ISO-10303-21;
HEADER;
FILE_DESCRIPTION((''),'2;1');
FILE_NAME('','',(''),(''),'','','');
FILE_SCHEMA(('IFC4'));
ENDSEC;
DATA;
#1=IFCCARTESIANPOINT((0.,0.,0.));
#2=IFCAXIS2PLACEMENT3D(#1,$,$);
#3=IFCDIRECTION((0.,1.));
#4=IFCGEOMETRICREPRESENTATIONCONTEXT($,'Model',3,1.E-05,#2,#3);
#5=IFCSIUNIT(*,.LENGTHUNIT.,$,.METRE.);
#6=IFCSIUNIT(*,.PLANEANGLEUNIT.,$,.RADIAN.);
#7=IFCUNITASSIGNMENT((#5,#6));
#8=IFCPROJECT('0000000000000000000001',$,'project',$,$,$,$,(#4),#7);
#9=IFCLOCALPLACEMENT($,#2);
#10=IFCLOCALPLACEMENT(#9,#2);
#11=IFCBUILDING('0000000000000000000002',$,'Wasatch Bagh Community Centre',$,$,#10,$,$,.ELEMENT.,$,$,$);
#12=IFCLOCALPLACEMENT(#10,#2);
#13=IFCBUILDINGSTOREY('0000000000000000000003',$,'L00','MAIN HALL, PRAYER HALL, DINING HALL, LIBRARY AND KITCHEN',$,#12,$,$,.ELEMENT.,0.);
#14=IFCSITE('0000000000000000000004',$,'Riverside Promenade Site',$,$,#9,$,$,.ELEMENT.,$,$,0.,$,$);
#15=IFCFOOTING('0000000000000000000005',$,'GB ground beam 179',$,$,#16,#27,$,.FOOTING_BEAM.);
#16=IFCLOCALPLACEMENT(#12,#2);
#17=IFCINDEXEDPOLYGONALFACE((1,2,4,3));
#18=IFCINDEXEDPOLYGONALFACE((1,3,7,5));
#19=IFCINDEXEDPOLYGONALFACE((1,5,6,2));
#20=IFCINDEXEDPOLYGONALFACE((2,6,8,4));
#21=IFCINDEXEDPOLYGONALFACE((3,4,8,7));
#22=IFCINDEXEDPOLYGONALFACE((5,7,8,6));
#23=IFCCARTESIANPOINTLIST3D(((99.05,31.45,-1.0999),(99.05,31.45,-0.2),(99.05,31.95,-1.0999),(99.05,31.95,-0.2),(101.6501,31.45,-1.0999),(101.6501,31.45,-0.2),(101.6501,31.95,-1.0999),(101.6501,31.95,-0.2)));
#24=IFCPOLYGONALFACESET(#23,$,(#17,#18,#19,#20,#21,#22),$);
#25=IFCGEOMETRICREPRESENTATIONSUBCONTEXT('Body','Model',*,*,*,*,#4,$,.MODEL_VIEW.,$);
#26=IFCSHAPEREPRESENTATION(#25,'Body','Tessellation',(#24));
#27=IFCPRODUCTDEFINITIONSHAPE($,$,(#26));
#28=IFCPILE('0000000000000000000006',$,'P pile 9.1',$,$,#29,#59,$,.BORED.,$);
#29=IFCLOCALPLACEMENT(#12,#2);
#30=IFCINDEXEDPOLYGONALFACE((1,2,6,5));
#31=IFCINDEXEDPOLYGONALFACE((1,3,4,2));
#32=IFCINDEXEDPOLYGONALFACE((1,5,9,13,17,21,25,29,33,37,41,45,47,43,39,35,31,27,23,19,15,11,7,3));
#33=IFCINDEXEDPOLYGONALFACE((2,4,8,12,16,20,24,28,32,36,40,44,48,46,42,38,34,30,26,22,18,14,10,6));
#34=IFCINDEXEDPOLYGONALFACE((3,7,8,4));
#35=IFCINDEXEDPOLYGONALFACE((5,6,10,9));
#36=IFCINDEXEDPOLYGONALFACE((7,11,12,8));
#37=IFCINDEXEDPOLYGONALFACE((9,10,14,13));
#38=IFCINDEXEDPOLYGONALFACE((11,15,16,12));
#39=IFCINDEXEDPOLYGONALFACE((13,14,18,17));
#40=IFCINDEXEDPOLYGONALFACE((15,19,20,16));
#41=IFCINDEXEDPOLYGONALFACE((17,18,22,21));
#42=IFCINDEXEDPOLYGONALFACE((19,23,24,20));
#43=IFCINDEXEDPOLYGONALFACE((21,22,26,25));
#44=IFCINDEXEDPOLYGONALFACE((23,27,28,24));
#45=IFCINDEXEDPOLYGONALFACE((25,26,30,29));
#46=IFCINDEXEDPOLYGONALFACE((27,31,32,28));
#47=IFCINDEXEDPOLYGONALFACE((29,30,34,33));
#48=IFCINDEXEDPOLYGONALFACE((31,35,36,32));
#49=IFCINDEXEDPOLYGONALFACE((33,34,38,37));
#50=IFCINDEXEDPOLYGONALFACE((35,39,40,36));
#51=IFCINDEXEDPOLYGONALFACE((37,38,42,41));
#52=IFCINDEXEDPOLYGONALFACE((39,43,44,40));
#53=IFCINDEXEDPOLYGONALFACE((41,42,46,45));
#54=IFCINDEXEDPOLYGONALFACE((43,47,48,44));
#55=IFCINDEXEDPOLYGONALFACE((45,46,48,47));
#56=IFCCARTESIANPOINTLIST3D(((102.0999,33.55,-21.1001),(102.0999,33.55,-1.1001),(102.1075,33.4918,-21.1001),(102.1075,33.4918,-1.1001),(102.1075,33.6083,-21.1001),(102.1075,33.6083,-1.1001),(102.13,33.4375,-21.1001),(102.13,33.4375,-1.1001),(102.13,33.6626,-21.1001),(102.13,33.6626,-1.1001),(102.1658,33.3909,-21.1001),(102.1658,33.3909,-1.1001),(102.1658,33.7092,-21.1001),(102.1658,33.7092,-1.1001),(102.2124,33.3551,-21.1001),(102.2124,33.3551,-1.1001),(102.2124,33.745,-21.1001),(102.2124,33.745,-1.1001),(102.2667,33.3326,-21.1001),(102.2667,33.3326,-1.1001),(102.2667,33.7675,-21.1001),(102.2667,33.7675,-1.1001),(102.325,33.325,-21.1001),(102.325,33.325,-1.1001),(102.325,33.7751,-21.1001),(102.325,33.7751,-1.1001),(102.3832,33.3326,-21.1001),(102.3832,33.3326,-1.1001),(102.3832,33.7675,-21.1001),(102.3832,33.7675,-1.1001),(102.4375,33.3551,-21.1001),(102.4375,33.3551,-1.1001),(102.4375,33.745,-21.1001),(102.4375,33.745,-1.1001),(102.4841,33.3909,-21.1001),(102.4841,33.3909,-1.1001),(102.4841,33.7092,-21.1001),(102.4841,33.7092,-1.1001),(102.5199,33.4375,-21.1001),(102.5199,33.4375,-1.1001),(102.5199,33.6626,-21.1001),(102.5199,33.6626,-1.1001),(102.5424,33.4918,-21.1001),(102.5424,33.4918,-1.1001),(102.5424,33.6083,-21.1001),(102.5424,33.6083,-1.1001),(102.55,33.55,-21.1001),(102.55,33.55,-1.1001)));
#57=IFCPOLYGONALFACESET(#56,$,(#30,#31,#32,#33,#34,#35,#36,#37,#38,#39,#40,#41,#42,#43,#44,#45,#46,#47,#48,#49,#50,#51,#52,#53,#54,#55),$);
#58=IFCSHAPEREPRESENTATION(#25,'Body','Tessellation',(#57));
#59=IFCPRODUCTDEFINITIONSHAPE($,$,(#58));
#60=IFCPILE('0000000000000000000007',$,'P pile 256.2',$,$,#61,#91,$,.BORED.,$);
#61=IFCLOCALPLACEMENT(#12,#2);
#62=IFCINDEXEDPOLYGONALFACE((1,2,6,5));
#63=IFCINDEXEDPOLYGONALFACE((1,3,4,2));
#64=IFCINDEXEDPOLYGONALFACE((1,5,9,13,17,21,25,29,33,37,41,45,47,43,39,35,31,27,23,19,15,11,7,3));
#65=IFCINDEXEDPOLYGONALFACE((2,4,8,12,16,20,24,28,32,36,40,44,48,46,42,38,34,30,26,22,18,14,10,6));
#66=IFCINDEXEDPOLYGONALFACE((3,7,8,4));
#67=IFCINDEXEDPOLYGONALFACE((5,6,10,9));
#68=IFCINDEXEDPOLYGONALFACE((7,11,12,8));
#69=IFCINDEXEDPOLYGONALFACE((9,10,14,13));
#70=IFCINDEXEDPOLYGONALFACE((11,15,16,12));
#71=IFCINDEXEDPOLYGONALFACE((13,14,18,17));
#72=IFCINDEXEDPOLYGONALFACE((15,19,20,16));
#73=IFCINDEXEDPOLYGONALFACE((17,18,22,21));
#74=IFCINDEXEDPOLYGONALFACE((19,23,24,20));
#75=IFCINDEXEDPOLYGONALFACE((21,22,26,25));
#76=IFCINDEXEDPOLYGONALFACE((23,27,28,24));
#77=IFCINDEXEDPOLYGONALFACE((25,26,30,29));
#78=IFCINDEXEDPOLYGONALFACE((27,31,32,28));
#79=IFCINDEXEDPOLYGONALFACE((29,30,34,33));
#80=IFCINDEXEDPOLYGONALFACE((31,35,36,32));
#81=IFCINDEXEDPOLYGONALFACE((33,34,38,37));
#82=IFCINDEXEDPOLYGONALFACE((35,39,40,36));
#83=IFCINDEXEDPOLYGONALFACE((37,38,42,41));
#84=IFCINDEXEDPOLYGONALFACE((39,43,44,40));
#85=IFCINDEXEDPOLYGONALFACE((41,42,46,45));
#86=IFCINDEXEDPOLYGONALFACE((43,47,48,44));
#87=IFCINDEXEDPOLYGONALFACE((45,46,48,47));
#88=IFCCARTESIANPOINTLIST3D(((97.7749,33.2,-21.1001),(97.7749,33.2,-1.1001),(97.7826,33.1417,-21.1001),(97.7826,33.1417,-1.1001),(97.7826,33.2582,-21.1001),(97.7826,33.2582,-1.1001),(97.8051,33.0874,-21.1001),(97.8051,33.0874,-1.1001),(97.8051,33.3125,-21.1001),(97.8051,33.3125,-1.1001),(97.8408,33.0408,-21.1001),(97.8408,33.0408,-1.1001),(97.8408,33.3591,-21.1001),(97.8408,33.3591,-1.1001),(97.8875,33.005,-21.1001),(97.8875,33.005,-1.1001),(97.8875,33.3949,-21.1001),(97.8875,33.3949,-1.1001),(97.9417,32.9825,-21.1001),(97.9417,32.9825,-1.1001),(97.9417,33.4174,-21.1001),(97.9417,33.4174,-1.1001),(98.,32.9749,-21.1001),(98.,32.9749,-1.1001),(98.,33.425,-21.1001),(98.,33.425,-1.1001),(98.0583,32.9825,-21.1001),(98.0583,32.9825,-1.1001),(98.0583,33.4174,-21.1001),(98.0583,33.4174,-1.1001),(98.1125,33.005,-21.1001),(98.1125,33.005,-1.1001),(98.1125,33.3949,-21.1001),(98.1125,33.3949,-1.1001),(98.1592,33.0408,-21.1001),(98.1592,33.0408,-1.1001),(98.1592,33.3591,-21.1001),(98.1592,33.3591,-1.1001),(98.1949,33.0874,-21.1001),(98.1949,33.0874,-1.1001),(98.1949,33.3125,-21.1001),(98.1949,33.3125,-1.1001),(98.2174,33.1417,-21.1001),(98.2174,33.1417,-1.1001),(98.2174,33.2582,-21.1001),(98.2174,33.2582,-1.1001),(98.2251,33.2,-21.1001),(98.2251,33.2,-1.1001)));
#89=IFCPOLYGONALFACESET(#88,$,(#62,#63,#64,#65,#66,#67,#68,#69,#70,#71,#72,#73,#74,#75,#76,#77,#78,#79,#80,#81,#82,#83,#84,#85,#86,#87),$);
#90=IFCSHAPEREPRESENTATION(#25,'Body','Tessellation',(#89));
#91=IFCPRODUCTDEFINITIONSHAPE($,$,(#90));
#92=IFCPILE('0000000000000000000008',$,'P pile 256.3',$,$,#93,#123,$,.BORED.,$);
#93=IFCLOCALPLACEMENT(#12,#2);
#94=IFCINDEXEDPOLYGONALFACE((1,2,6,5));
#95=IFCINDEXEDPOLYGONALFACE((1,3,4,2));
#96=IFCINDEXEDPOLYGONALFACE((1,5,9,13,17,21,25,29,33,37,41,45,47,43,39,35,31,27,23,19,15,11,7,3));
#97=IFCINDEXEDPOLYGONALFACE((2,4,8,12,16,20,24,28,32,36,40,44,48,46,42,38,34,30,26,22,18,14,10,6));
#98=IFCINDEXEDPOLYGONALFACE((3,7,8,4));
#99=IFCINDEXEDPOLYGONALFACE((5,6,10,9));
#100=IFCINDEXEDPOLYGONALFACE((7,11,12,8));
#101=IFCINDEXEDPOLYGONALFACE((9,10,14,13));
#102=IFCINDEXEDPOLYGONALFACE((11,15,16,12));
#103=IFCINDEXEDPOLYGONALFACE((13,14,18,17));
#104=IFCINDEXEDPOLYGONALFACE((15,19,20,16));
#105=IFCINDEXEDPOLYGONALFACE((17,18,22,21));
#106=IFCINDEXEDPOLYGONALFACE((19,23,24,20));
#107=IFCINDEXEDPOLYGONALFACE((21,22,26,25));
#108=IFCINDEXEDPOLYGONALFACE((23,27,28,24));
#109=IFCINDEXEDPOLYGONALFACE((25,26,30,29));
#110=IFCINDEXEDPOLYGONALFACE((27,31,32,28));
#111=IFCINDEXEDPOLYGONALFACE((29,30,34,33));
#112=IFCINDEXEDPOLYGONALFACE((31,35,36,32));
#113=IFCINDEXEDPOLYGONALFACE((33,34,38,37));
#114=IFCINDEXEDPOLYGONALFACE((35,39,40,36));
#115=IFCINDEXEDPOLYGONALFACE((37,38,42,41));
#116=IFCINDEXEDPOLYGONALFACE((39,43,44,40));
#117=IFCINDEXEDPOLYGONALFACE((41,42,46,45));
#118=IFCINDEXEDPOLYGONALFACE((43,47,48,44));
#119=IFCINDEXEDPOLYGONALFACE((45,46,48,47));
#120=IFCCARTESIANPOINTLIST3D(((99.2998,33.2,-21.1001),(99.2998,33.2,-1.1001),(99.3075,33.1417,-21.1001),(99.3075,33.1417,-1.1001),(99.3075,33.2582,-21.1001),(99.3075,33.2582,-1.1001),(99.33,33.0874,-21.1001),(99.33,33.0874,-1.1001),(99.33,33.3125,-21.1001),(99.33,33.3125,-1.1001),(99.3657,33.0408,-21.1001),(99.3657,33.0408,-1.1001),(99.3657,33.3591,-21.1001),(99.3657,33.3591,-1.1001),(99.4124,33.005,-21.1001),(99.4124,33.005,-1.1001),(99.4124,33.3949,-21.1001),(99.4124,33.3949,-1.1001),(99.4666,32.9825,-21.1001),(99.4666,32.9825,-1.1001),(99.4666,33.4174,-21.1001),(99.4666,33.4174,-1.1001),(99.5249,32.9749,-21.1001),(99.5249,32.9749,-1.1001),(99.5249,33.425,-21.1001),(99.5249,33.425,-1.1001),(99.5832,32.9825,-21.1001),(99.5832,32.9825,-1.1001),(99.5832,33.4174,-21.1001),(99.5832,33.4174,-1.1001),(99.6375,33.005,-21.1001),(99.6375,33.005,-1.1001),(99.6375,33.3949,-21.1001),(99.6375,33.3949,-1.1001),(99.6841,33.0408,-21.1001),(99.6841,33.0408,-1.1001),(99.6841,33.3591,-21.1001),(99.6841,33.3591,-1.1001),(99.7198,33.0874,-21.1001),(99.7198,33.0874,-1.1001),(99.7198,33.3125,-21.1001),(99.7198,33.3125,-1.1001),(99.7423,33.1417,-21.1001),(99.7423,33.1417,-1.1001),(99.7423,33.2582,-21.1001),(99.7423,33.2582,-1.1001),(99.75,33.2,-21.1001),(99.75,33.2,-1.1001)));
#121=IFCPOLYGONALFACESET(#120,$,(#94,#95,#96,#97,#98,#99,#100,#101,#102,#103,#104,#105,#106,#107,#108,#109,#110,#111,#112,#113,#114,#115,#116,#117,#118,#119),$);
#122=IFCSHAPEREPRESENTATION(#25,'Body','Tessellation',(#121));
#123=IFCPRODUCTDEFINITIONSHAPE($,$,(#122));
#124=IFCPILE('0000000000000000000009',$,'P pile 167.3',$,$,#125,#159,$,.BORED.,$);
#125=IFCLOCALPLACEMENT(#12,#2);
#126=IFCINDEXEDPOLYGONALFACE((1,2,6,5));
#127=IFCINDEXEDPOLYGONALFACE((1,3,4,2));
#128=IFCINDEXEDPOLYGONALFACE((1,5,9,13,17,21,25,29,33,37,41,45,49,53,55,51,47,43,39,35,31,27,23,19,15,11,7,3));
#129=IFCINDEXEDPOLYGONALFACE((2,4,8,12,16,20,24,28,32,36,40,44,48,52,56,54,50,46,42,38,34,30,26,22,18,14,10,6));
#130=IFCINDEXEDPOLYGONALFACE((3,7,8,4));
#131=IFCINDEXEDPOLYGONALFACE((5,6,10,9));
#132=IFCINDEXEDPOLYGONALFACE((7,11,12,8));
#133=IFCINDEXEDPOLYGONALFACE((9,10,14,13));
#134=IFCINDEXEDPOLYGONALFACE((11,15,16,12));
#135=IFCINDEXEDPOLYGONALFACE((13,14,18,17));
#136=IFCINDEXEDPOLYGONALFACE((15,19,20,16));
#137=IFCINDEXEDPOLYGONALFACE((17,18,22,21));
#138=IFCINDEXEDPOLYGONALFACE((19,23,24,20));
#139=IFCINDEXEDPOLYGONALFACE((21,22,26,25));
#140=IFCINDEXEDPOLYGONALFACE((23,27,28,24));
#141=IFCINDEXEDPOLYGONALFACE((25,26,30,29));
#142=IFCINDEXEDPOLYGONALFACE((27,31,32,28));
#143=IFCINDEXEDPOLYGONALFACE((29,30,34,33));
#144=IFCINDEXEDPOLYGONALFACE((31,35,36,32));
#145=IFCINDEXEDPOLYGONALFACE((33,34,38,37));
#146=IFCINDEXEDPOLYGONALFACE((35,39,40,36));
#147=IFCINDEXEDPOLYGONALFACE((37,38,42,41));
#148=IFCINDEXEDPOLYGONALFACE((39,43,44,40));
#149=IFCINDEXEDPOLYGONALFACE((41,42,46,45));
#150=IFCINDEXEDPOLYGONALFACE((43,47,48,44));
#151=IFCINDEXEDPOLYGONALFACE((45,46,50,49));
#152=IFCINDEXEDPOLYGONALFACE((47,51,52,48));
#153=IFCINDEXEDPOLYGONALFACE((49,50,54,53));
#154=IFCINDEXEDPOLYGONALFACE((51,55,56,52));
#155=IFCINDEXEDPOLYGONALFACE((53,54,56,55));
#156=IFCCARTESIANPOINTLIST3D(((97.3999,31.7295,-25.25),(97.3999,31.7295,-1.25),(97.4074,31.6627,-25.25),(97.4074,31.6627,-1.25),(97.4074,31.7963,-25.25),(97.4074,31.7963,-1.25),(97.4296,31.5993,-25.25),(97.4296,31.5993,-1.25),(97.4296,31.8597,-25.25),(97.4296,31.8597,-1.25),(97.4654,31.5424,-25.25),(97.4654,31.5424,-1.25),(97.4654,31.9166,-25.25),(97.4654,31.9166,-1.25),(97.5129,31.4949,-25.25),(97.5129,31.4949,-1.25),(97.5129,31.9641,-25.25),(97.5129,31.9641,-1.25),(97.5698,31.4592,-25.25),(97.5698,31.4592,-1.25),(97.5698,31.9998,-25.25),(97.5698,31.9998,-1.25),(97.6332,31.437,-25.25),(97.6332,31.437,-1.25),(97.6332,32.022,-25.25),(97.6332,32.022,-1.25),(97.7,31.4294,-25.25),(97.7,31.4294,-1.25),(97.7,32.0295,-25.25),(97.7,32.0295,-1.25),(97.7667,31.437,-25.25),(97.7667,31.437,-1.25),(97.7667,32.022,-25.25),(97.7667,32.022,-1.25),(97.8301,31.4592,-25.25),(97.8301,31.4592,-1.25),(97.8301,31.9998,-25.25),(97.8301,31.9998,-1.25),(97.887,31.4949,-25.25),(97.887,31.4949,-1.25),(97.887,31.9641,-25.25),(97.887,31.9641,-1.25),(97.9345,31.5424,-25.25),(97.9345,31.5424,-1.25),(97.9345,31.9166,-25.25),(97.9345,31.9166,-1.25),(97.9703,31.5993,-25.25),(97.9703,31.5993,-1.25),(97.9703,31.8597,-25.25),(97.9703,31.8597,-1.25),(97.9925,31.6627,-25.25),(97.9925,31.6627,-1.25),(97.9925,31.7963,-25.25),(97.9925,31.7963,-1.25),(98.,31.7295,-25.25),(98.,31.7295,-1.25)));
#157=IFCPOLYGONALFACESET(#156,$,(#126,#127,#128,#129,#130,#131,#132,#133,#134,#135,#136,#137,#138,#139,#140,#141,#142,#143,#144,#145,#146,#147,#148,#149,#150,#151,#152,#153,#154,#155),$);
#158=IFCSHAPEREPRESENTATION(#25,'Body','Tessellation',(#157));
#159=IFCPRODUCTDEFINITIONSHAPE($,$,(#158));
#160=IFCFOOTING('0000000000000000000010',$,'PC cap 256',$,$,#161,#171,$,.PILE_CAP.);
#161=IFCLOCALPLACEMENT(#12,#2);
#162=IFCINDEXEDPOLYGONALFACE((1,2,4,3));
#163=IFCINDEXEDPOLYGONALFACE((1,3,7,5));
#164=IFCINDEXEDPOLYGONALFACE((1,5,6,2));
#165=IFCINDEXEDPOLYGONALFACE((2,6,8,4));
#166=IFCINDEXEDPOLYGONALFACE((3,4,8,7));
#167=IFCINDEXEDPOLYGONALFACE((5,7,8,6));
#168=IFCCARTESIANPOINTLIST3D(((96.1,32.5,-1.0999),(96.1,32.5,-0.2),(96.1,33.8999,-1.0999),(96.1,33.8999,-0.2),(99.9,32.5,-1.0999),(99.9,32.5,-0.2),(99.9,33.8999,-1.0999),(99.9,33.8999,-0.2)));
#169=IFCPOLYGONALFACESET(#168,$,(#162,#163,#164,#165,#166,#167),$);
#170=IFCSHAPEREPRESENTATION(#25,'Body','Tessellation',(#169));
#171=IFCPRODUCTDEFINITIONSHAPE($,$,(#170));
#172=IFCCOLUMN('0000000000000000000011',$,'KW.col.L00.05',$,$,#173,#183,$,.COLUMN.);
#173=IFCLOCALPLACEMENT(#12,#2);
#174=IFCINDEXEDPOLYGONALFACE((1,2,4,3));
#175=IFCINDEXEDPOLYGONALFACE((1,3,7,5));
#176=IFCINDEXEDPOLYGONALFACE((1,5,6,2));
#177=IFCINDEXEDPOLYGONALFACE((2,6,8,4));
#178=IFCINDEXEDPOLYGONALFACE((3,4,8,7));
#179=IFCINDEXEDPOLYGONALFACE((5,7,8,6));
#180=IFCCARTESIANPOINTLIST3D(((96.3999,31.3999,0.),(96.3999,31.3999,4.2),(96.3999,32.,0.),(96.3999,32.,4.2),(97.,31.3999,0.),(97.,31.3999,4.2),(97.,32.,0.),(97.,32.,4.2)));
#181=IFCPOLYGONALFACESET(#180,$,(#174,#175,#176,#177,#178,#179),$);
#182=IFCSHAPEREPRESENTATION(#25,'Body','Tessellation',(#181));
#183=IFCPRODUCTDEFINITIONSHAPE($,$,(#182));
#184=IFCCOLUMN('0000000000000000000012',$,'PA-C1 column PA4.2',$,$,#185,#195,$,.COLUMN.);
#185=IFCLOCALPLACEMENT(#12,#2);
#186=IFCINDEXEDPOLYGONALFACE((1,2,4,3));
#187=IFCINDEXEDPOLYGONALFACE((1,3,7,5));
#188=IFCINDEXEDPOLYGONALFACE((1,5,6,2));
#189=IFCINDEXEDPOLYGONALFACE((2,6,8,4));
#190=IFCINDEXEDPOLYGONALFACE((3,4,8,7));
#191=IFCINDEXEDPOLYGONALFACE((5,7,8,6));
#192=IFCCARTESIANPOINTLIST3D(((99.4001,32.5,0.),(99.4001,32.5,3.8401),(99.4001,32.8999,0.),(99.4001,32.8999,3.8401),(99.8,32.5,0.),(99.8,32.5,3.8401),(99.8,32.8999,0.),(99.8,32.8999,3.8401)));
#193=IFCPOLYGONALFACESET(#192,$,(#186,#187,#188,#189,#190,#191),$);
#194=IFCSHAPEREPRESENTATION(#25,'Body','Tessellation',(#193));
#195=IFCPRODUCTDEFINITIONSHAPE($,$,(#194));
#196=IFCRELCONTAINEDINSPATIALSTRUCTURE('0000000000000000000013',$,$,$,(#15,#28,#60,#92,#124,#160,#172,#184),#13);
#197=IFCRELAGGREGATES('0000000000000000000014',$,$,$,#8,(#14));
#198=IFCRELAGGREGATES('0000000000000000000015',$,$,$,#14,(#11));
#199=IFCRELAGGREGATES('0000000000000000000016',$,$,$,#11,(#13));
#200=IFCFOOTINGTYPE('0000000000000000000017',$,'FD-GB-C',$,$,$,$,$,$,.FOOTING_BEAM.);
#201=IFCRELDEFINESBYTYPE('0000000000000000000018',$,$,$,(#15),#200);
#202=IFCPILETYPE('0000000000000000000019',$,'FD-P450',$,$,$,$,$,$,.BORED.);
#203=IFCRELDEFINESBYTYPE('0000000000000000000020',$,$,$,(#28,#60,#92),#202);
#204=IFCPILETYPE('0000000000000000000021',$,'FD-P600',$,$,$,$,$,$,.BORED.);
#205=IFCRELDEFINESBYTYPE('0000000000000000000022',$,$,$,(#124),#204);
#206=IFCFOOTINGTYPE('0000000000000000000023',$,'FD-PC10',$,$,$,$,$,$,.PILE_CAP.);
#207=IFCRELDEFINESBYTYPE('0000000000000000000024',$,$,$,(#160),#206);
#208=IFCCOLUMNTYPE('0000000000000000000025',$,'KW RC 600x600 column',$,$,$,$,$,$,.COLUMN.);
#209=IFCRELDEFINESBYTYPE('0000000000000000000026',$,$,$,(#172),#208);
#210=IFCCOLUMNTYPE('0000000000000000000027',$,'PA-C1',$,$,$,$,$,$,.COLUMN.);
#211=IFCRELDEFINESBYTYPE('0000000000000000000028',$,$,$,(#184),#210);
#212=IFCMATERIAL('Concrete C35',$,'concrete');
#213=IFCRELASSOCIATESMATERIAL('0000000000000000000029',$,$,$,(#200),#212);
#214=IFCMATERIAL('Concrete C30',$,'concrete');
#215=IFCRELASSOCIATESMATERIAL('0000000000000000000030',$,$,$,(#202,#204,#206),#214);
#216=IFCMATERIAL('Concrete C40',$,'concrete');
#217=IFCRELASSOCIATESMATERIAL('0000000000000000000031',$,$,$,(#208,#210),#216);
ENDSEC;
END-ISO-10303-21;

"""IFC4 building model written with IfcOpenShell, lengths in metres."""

from ifc_helpers import new_model, si_unit, direction, frame, origin, origin_2d, place, context, subcontext, project, spatial, rectangle, circle, extrude, material, material_profile, profile_set, type_object, element, save


model = new_model("IFC4")

# Units and contexts
model_context = context("Model", 3, precision=1e-05, world=origin(), true_north=direction((0.0, 1.0)))
body_context = subcontext(model_context, "Body", "Model", "MODEL_VIEW")
ifc_project = project(units=[si_unit("LENGTHUNIT", "METRE"), si_unit("PLANEANGLEUNIT", "RADIAN")], contexts=[model_context])

# Site, building, storey
site_placement = place(None, origin())
site = spatial("IfcSite", under=ifc_project, at=site_placement, Name="Riverside Promenade Site", CompositionType="ELEMENT", RefElevation=0.0)
building_placement = place(site_placement, origin())
building = spatial("IfcBuilding", under=site, at=building_placement, Name="Wasatch Bagh Community Centre", CompositionType="ELEMENT")
storey_placement = place(building_placement, origin())
storey = spatial("IfcBuildingStorey", under=building, at=storey_placement, Name="L00", Description="MAIN HALL, PRAYER HALL, DINING HALL, LIBRARY AND KITCHEN", CompositionType="ELEMENT", Elevation=0.0)

# Footing
ifc_material_1 = material(Name="Concrete C35", Category="concrete")
footing_type_1 = type_object("IfcFootingType", Name="FD-GB-C", PredefinedType="FOOTING_BEAM", material=ifc_material_1)
footing_1_placement = place(storey_placement, frame((100.3501, 31.7, -1.0999), z_axis=(0.0, 0.0, 1.0), x_axis=(1.0, 0.0, 0.0)))
element("IfcFooting", 1, at=footing_1_placement, inside=storey, type_object=footing_type_1, Name="GB ground beam 179", PredefinedType="FOOTING_BEAM", context=body_context, shape_type="SweptSolid", body=[
    extrude(rectangle(XDim=2.6001, YDim=0.5, at=origin_2d()), origin(), (0.0, 0.0, 1.0), 0.8999),
])

# Piles
ifc_material_2 = material(Name="Concrete C30", Category="concrete")
ifc_material_profile_1 = material_profile(ifc_material_2, circle(Radius=0.2251, at=origin_2d()), Name="RC D450")
ifc_profile_set_1 = profile_set([ifc_material_profile_1], Name="Concrete C30")
pile_type_1 = type_object("IfcPileType", Name="FD-P450", PredefinedType="BORED", material=ifc_profile_set_1)
for number, where, z_axis, x_axis, name in (
    (2, (102.325, 33.55, -1.1001), (0.0, 0.0, -1.0), (1.0, 0.0, 0.0), "P pile 9.1"),
    (3, (98.0, 33.2, -1.1001), (0.0, 0.0, -1.0), (1.0, 0.0, 0.0), "P pile 256.2"),
    (4, (99.5249, 33.2, -1.1001), (0.0, 0.0, -1.0), (1.0, 0.0, 0.0), "P pile 256.3"),
):
    element("IfcPile", number, at=place(storey_placement, frame(where, z_axis=z_axis, x_axis=x_axis)), inside=storey, type_object=pile_type_1, Name=name, PredefinedType="BORED", context=body_context, shape_type="SweptSolid", body=[
        extrude(circle(Radius=0.2251, at=origin_2d()), origin(), (0.0, 0.0, 1.0), 20.0),
    ])
ifc_material_profile_2 = material_profile(ifc_material_2, circle(Radius=0.3, at=origin_2d()), Name="RC D600")
ifc_profile_set_2 = profile_set([ifc_material_profile_2], Name="Concrete C30")
pile_type_2 = type_object("IfcPileType", Name="FD-P600", PredefinedType="BORED", material=ifc_profile_set_2)
pile_placement = place(storey_placement, frame((97.7, 31.7295, -1.25), z_axis=(0.0, 0.0, -1.0), x_axis=(1.0, 0.0, 0.0)))
element("IfcPile", 5, at=pile_placement, inside=storey, type_object=pile_type_2, Name="P pile 167.3", PredefinedType="BORED", context=body_context, shape_type="SweptSolid", body=[
    extrude(circle(Radius=0.3, at=origin_2d()), origin(), (0.0, 0.0, 1.0), 24.0),
])

# Footing
footing_type_2 = type_object("IfcFootingType", Name="FD-PC10", PredefinedType="PILE_CAP", material=ifc_material_2)
footing_2_placement = place(storey_placement, frame((98.0, 33.2, -1.0999), z_axis=(0.0, 0.0, 1.0), x_axis=(1.0, 0.0, 0.0)))
element("IfcFooting", 6, at=footing_2_placement, inside=storey, type_object=footing_type_2, Name="PC cap 256", PredefinedType="PILE_CAP", context=body_context, shape_type="SweptSolid", body=[
    extrude(rectangle(XDim=3.8, YDim=1.3999, at=origin_2d()), origin(), (0.0, 0.0, 1.0), 0.8999),
])

# Columns
ifc_material_3 = material(Name="Concrete C40", Category="concrete")
ifc_material_profile_3 = material_profile(ifc_material_3, rectangle(XDim=0.6001, YDim=0.6001, at=origin_2d()), Name="RC 600x600")
ifc_profile_set_3 = profile_set([ifc_material_profile_3], Name="Concrete C40")
column_type_1 = type_object("IfcColumnType", Name="KW RC 600x600 column", PredefinedType="COLUMN", material=ifc_profile_set_3)
column_placement = place(storey_placement, frame((96.7, 31.7, 0.0), z_axis=(0.0, 0.0, 1.0), x_axis=(1.0, 0.0, 0.0)))
element("IfcColumn", 7, at=column_placement, inside=storey, type_object=column_type_1, Name="KW.col.L00.05", PredefinedType="COLUMN", context=body_context, shape_type="SweptSolid", body=[
    extrude(rectangle(XDim=0.6001, YDim=0.6001, at=origin_2d()), origin(), (0.0, 0.0, 1.0), 4.2),
])
ifc_material_profile_4 = material_profile(ifc_material_3, rectangle(XDim=0.3999, YDim=0.3999, at=origin_2d()), Name="RC 400x400")
ifc_profile_set_4 = profile_set([ifc_material_profile_4], Name="Concrete C40")
column_type_2 = type_object("IfcColumnType", Name="PA-C1", PredefinedType="COLUMN", material=ifc_profile_set_4)
for number, where, z_axis, x_axis, name in (
    (8, (99.6001, 32.7, 0.0), (0.0, 0.0, 1.0), (1.0, 0.0, 0.0), "PA-C1 column PA4.2"),
):
    element("IfcColumn", number, at=place(storey_placement, frame(where, z_axis=z_axis, x_axis=x_axis)), inside=storey, type_object=column_type_2, Name=name, PredefinedType="COLUMN", context=body_context, shape_type="SweptSolid", body=[
        extrude(rectangle(XDim=0.3999, YDim=0.3999, at=origin_2d()), origin(), (0.0, 0.0, 1.0), 3.8401),
    ])

save(model, "model.ifc")
